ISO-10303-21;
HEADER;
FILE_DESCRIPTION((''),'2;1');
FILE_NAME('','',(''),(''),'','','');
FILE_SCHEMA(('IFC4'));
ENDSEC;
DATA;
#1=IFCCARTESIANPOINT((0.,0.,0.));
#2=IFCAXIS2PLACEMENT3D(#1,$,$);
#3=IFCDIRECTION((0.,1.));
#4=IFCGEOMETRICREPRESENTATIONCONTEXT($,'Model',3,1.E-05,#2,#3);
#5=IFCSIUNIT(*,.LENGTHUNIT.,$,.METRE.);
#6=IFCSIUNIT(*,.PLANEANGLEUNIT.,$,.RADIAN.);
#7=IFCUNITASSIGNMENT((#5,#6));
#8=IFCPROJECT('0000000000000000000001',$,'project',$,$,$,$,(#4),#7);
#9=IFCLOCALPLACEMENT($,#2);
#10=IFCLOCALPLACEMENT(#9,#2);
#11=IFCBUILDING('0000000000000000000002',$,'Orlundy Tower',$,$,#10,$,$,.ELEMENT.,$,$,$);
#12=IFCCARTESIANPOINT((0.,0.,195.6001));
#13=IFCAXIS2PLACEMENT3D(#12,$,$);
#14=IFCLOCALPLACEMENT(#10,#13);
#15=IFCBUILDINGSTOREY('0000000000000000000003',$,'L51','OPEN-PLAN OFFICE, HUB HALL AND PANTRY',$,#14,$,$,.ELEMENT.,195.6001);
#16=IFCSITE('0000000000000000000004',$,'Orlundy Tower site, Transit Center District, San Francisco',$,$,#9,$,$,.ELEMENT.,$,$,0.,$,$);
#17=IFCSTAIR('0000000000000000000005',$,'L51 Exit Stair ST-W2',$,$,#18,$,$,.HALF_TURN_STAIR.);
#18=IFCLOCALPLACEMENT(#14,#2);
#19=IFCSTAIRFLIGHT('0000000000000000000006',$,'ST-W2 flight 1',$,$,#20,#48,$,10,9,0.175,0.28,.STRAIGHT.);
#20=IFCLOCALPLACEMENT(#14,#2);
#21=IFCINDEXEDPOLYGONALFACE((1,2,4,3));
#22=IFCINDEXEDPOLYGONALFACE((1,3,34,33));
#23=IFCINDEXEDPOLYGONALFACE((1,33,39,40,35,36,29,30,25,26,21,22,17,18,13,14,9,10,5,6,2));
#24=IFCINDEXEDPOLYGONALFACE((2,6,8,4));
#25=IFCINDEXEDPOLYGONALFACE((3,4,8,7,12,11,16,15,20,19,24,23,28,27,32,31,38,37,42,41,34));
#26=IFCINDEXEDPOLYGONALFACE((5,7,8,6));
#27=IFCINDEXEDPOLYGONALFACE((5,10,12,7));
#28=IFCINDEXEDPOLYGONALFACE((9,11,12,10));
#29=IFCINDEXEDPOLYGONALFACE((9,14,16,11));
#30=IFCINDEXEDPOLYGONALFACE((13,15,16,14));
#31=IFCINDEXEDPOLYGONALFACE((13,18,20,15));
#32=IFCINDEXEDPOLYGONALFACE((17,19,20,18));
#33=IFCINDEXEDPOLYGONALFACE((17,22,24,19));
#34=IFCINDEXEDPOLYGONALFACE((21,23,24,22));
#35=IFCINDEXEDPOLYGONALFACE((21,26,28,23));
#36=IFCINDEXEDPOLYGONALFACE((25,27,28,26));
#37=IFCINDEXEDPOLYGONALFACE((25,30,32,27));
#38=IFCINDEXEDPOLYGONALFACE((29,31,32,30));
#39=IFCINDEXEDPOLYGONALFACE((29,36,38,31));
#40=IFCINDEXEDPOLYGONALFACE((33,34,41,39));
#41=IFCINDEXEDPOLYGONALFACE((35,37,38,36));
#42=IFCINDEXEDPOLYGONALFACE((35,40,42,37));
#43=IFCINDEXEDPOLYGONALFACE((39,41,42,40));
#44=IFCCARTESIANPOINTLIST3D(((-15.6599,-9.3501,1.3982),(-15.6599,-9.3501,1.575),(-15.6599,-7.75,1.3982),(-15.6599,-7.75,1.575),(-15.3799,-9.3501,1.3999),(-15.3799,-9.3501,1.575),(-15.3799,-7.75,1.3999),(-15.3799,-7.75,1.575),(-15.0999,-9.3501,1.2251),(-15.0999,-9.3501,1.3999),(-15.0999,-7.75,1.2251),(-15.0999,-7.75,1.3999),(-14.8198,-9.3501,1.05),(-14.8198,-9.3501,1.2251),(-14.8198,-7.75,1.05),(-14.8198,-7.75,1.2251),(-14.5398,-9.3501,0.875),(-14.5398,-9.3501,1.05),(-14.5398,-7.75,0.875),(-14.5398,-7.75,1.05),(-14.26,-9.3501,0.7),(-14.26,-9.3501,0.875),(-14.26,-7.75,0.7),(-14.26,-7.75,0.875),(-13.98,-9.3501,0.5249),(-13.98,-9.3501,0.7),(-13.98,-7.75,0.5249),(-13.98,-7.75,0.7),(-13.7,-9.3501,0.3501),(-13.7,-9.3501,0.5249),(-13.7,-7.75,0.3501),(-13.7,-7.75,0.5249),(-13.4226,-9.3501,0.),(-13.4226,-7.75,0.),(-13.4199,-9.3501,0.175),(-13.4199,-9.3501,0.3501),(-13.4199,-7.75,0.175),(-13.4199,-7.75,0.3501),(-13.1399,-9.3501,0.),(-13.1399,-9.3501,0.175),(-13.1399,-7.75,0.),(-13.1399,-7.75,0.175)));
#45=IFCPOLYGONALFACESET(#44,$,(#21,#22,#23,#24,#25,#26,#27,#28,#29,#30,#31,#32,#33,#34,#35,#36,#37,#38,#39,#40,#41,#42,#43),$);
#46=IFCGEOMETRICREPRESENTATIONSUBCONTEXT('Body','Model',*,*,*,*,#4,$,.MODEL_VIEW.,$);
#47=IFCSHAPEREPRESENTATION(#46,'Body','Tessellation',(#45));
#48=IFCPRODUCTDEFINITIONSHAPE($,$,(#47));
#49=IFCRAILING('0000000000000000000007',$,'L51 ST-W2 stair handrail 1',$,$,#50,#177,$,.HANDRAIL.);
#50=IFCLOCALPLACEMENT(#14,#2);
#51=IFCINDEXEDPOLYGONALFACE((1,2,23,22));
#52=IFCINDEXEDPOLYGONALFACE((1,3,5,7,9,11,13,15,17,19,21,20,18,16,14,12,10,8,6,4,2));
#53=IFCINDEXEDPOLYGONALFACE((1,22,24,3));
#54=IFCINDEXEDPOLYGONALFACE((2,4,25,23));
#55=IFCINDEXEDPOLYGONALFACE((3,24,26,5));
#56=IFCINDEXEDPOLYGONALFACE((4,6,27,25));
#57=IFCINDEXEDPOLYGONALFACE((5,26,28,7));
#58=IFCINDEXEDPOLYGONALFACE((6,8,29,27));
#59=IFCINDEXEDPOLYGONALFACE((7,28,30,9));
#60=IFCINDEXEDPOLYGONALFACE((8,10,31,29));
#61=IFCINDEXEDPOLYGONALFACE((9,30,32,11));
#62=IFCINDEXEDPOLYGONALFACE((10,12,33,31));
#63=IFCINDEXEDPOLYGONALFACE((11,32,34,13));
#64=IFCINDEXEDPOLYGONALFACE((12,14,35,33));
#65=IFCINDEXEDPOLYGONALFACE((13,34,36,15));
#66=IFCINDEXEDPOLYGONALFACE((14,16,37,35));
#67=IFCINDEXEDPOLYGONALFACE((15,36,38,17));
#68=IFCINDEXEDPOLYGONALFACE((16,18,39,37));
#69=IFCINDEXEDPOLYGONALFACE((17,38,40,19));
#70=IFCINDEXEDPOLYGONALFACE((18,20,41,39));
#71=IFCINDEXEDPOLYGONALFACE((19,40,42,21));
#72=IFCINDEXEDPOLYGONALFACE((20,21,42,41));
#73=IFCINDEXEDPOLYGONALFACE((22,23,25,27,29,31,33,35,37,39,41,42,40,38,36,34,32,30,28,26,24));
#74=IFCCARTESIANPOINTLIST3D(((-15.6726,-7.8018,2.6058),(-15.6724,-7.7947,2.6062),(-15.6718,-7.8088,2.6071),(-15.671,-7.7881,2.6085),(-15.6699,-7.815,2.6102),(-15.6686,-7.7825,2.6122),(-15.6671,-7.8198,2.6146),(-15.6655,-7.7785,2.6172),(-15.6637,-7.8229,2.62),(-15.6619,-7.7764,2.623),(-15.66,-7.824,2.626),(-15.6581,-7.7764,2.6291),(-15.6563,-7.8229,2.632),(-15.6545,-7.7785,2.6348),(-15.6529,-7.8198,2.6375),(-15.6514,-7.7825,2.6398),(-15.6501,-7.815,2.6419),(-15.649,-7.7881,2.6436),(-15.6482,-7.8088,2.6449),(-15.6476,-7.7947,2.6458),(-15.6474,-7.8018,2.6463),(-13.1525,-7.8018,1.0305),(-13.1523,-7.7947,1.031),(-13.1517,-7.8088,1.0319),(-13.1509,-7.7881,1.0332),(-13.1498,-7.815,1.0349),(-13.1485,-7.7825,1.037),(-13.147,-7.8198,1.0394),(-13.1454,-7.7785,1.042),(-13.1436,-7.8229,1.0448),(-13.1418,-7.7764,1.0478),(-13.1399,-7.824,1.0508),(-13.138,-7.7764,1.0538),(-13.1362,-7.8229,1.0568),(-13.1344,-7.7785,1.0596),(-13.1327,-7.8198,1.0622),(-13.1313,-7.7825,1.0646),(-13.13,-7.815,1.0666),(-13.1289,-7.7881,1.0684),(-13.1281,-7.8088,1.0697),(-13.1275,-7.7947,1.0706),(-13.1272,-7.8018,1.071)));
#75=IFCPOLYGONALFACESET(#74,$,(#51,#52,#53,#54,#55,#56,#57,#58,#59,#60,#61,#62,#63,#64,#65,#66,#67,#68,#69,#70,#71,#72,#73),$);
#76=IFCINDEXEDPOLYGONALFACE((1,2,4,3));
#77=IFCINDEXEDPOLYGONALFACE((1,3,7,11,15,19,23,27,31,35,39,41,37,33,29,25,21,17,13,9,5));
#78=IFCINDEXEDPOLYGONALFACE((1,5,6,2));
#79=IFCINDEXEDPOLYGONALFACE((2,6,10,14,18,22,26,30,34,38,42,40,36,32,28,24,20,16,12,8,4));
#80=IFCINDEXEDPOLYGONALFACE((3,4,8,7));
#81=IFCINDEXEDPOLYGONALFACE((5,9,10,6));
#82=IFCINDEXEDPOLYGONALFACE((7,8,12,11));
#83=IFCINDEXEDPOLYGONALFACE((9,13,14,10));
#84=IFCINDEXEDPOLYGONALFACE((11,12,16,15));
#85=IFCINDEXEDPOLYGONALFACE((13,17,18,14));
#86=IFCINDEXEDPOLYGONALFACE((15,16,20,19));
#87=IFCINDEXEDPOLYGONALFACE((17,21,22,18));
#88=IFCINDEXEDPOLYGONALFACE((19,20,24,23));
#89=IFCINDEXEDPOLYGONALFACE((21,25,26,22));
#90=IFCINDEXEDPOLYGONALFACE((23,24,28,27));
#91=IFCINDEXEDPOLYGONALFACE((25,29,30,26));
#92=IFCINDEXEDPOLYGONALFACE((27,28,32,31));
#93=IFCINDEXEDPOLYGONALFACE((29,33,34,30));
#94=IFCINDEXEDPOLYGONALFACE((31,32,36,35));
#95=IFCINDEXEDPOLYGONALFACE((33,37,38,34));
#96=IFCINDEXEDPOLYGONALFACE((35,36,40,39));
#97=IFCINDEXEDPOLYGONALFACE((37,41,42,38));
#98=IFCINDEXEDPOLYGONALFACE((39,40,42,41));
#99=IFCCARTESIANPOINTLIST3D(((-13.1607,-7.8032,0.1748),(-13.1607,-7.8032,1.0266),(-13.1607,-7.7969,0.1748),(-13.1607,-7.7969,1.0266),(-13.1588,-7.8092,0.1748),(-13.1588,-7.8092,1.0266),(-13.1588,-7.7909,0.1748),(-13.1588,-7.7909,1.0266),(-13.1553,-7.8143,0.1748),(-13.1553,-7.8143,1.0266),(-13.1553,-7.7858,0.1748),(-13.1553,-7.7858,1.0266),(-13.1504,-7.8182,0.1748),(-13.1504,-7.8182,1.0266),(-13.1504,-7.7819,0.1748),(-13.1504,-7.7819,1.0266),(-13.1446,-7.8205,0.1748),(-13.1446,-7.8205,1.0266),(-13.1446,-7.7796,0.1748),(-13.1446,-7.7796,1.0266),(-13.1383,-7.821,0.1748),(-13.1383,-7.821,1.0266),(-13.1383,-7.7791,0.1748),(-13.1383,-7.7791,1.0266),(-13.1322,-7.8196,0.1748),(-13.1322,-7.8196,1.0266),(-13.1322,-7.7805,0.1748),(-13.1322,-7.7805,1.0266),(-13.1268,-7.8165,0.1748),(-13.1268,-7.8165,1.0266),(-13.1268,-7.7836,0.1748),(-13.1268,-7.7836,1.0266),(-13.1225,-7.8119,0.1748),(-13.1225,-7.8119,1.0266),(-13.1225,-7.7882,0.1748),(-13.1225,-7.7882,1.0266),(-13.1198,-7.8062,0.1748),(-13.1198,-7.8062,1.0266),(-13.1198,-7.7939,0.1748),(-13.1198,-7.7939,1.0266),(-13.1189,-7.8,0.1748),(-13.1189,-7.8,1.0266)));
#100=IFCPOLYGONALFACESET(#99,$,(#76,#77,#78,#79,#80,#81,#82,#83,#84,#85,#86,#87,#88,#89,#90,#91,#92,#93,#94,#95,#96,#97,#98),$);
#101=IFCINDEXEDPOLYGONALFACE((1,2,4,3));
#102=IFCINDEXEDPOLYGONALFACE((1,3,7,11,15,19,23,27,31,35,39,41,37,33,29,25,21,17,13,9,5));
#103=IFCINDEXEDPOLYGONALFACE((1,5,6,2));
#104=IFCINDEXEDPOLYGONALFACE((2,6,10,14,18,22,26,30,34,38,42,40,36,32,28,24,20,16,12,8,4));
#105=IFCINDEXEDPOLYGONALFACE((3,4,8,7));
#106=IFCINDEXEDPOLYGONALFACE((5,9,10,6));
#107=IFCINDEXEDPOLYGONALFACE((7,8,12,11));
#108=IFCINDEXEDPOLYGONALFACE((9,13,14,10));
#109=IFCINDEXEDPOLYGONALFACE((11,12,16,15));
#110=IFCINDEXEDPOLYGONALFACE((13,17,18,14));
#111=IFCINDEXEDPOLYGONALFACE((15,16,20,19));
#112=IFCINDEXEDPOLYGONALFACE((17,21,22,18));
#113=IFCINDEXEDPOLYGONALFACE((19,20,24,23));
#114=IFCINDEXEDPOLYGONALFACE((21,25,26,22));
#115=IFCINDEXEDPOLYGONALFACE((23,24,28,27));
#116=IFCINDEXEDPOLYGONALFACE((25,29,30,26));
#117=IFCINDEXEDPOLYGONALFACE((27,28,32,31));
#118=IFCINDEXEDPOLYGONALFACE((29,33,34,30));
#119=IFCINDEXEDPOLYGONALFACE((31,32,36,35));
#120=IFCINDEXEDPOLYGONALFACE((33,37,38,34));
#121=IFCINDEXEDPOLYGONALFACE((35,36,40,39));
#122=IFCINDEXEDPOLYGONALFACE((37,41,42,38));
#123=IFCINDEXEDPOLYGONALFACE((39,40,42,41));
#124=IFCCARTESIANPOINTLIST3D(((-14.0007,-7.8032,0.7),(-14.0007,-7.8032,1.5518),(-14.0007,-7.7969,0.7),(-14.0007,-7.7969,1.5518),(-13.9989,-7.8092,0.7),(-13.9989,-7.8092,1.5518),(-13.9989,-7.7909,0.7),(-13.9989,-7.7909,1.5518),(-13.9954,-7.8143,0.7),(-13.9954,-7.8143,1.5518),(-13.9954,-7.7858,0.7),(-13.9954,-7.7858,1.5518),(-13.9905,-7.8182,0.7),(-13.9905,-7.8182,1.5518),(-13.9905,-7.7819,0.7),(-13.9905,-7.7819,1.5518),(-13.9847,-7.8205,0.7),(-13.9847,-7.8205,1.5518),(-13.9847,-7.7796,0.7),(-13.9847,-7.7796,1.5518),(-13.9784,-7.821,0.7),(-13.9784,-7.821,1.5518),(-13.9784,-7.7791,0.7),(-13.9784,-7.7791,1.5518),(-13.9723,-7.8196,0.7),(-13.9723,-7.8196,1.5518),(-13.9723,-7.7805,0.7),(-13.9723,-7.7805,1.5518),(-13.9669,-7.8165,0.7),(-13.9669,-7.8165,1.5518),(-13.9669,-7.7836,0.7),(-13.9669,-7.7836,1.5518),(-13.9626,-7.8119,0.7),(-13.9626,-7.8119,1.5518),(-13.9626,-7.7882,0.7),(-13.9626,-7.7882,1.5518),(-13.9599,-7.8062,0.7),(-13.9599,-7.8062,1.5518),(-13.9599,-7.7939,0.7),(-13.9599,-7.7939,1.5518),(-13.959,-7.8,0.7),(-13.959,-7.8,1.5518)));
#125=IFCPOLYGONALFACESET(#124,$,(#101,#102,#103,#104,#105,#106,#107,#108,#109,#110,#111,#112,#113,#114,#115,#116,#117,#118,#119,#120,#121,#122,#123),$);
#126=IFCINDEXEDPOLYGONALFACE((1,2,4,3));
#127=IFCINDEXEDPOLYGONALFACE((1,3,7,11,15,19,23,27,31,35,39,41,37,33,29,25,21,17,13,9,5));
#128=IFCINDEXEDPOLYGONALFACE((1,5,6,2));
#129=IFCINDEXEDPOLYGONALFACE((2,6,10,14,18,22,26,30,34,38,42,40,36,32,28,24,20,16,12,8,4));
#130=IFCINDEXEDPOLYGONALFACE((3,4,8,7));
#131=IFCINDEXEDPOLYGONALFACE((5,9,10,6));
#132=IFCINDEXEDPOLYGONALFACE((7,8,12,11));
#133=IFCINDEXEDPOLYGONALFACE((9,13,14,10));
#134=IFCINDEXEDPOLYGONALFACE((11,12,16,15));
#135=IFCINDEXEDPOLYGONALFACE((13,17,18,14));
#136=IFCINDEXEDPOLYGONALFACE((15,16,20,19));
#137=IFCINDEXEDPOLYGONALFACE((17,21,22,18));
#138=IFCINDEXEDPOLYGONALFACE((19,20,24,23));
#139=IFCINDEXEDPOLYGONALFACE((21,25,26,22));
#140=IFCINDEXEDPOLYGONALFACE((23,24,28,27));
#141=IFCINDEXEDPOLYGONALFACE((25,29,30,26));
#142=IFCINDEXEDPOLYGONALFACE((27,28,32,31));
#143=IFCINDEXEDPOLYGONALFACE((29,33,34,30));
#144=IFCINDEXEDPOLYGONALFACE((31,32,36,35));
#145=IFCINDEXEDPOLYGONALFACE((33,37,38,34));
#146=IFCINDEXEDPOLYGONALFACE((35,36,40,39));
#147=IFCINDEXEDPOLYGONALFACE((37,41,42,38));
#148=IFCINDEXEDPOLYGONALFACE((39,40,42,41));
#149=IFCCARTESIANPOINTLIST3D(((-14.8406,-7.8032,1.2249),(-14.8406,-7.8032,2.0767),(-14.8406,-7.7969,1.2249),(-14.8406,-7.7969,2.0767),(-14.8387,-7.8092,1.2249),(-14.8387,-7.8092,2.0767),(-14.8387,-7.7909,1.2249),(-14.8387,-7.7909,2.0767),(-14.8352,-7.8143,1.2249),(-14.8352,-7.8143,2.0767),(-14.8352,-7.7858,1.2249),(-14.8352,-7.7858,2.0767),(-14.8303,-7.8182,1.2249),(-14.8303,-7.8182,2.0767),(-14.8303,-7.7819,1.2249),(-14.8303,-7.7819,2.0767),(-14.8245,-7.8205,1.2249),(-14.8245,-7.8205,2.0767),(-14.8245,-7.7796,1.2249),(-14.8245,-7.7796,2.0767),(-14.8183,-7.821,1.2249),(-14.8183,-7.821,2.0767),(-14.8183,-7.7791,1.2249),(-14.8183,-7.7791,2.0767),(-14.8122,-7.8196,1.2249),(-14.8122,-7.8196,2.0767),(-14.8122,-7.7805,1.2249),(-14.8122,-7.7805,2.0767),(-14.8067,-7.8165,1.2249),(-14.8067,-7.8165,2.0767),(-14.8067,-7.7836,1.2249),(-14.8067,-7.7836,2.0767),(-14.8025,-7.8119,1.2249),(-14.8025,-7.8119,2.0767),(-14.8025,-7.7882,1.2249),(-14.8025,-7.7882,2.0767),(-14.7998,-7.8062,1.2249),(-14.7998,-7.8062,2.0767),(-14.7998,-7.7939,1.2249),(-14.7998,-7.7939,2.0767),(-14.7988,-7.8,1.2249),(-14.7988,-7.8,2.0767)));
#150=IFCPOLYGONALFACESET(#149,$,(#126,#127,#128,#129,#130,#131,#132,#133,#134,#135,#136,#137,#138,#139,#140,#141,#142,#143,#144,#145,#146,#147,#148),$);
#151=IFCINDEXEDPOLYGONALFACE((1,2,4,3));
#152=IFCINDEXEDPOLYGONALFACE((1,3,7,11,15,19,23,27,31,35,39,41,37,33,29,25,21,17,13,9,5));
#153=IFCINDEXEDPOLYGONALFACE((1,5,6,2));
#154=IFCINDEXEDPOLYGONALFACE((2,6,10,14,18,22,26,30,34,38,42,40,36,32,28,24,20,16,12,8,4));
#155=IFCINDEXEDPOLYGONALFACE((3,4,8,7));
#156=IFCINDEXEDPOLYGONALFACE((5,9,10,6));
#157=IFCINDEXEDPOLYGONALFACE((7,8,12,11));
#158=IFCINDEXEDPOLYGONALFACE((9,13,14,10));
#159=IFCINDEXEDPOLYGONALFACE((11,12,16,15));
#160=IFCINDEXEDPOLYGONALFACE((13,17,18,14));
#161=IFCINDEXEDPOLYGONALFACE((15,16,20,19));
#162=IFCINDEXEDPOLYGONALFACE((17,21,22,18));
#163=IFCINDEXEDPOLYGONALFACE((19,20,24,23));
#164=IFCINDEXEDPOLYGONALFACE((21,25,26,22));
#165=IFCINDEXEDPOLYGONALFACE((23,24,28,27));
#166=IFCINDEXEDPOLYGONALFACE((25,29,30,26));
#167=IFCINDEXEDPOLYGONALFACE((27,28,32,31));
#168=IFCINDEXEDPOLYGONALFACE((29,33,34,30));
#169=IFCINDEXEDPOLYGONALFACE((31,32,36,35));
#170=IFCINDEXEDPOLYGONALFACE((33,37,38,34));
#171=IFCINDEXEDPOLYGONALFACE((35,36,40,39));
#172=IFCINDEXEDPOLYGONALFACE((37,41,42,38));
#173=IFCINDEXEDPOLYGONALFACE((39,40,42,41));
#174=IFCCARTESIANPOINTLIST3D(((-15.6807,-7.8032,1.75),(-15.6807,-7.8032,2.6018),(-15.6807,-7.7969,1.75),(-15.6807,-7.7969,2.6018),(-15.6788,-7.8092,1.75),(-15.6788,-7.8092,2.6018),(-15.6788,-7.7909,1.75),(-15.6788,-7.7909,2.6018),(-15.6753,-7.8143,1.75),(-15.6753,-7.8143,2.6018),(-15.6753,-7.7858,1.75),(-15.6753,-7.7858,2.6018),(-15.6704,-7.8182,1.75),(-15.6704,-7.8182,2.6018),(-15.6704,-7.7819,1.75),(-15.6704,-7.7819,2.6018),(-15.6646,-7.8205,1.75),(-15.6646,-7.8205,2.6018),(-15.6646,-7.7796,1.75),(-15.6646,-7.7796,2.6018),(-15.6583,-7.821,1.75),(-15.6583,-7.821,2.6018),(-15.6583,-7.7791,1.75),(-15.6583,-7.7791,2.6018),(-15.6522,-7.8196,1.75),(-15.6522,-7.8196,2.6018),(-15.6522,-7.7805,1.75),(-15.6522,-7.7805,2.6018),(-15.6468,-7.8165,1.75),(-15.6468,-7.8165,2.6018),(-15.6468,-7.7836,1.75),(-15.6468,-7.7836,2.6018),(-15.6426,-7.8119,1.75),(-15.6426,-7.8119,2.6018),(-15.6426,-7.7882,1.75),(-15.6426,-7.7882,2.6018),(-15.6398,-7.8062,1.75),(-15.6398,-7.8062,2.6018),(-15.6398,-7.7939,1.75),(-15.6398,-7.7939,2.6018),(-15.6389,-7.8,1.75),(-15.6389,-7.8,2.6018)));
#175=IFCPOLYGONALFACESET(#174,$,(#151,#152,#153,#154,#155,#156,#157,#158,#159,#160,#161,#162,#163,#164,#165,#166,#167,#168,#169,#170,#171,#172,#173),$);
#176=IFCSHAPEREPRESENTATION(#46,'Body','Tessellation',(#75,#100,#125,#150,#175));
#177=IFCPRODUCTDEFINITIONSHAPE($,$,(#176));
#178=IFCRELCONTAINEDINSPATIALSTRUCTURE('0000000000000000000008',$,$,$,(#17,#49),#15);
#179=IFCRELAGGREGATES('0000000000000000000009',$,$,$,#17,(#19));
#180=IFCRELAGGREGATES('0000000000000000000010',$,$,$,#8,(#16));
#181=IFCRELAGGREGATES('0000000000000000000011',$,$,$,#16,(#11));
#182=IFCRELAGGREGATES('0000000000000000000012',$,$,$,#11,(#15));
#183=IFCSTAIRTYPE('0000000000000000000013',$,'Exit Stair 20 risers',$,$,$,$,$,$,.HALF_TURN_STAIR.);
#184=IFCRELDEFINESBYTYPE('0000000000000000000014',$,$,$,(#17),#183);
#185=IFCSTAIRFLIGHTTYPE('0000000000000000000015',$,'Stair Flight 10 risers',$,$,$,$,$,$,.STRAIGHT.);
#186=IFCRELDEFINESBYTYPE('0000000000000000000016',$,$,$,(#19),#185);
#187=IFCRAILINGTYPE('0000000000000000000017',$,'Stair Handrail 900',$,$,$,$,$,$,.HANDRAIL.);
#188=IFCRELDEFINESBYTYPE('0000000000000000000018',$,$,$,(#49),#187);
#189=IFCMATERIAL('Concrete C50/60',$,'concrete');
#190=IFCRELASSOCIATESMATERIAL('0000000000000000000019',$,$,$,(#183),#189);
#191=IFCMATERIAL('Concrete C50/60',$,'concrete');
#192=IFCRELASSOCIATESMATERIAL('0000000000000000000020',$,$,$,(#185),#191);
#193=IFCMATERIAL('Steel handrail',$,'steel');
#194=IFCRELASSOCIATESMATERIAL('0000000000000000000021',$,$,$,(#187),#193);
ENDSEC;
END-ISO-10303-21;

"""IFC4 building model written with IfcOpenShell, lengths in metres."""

from ifc_helpers import new_model, si_unit, direction, frame, origin, origin_2d, place, context, subcontext, project, spatial, polyline, circle, outline, extrude, material, type_object, element, aggregate, save


model = new_model("IFC4")

# Units and contexts
model_context = context("Model", 3, precision=1e-05, world=origin(), true_north=direction((0.0, 1.0)))
body_context = subcontext(model_context, "Body", "Model", "MODEL_VIEW")
ifc_project = project(units=[si_unit("LENGTHUNIT", "METRE"), si_unit("PLANEANGLEUNIT", "RADIAN")], contexts=[model_context])

# Site, building, storey
site_placement = place(None, origin())
site = spatial("IfcSite", under=ifc_project, at=site_placement, Name="Orlundy Tower site, Transit Center District, San Francisco", CompositionType="ELEMENT", RefElevation=0.0)
building_placement = place(site_placement, origin())
building = spatial("IfcBuilding", under=site, at=building_placement, Name="Orlundy Tower", CompositionType="ELEMENT")
storey_placement = place(building_placement, frame((0.0, 0.0, 195.6001)))
storey = spatial("IfcBuildingStorey", under=building, at=storey_placement, Name="L51", Description="OPEN-PLAN OFFICE, HUB HALL AND PANTRY", CompositionType="ELEMENT", Elevation=195.6001)

# Stair
ifc_material_1 = material(Name="Concrete C50/60", Category="concrete")
stair_type = type_object("IfcStairType", Name="Exit Stair 20 risers", PredefinedType="HALF_TURN_STAIR", material=ifc_material_1)
stair_1_placement = place(storey_placement, origin())
stair_1 = element("IfcStair", 1, at=stair_1_placement, inside=storey, type_object=stair_type, Name="L51 Exit Stair ST-W2", PredefinedType="HALF_TURN_STAIR")

# Stair flight
ifc_material_2 = material(Name="Concrete C50/60", Category="concrete")
stair_flight_type = type_object("IfcStairFlightType", Name="Stair Flight 10 risers", PredefinedType="STRAIGHT", material=ifc_material_2)
stair_flight_placement = place(storey_placement, frame((-13.1399, -8.55, 0.0), z_axis=(0.0, 0.0, 1.0), x_axis=(-1.0, 0.0, 0.0)))
stair_flight = element("IfcStairFlight", 2, at=stair_flight_placement, type_object=stair_flight_type, Name="ST-W2 flight 1", NumberOfRisers=10, NumberOfTreads=9, PredefinedType="STRAIGHT", RiserHeight=0.175, TreadLength=0.28, context=body_context, shape_type="SweptSolid", body=[
    extrude(outline(polyline([(0.0, 0.0), (0.0, 0.175), (0.28, 0.175), (0.28, 0.3501), (0.5601, 0.3501), (0.5601, 0.5249), (0.8401, 0.5249), (0.8401, 0.7), (1.1201, 0.7), (1.1201, 0.875), (1.3999, 0.875), (1.3999, 1.05), (1.6799, 1.05), (1.6799, 1.2251), (1.96, 1.2251), (1.96, 1.3999), (2.24, 1.3999), (2.24, 1.575), (2.52, 1.575), (2.52, 1.75), (2.52, 1.3982), (0.2827, 0.0), (0.0, 0.0)])), frame((0.0, 0.8, 0.0), z_axis=(0.0, -1.0, 0.0), x_axis=(1.0, 0.0, 0.0)), (0.0, 0.0, 1.0), 1.6001),
])
aggregate(stair_1, [stair_flight])

# Railing
ifc_material_3 = material(Name="Steel handrail", Category="steel")
railing_type_1 = type_object("IfcRailingType", Name="Stair Handrail 900", PredefinedType="HANDRAIL", material=ifc_material_3)
railing_1_placement = place(storey_placement, frame((-13.1399, -7.8, 0.1748)))
element("IfcRailing", 3, at=railing_1_placement, inside=storey, type_object=railing_type_1, Name="L51 ST-W2 stair handrail 1", PredefinedType="HANDRAIL", context=body_context, shape_type="SweptSolid", body=[
    extrude(circle(Radius=0.0239, at=origin_2d()), frame((0.0, 0.0, 0.876), z_axis=(-0.847971, 0.0, 0.530043), x_axis=(0.0, -1.0, 0.0)), (0.0, 0.0, 1.0), 2.9719),
    extrude(circle(Radius=0.021, at=origin_2d()), origin(), (0.0, 0.0, 1.0), 0.8518),
    extrude(circle(Radius=0.021, at=origin_2d()), frame((-0.8401, 0.0, 0.5251)), (0.0, 0.0, 1.0), 0.8518),
    extrude(circle(Radius=0.021, at=origin_2d()), frame((-1.6799, 0.0, 1.05)), (0.0, 0.0, 1.0), 0.8518),
    extrude(circle(Radius=0.021, at=origin_2d()), frame((-2.52, 0.0, 1.5752)), (0.0, 0.0, 1.0), 0.8518),
])

save(model, "model.ifc")
